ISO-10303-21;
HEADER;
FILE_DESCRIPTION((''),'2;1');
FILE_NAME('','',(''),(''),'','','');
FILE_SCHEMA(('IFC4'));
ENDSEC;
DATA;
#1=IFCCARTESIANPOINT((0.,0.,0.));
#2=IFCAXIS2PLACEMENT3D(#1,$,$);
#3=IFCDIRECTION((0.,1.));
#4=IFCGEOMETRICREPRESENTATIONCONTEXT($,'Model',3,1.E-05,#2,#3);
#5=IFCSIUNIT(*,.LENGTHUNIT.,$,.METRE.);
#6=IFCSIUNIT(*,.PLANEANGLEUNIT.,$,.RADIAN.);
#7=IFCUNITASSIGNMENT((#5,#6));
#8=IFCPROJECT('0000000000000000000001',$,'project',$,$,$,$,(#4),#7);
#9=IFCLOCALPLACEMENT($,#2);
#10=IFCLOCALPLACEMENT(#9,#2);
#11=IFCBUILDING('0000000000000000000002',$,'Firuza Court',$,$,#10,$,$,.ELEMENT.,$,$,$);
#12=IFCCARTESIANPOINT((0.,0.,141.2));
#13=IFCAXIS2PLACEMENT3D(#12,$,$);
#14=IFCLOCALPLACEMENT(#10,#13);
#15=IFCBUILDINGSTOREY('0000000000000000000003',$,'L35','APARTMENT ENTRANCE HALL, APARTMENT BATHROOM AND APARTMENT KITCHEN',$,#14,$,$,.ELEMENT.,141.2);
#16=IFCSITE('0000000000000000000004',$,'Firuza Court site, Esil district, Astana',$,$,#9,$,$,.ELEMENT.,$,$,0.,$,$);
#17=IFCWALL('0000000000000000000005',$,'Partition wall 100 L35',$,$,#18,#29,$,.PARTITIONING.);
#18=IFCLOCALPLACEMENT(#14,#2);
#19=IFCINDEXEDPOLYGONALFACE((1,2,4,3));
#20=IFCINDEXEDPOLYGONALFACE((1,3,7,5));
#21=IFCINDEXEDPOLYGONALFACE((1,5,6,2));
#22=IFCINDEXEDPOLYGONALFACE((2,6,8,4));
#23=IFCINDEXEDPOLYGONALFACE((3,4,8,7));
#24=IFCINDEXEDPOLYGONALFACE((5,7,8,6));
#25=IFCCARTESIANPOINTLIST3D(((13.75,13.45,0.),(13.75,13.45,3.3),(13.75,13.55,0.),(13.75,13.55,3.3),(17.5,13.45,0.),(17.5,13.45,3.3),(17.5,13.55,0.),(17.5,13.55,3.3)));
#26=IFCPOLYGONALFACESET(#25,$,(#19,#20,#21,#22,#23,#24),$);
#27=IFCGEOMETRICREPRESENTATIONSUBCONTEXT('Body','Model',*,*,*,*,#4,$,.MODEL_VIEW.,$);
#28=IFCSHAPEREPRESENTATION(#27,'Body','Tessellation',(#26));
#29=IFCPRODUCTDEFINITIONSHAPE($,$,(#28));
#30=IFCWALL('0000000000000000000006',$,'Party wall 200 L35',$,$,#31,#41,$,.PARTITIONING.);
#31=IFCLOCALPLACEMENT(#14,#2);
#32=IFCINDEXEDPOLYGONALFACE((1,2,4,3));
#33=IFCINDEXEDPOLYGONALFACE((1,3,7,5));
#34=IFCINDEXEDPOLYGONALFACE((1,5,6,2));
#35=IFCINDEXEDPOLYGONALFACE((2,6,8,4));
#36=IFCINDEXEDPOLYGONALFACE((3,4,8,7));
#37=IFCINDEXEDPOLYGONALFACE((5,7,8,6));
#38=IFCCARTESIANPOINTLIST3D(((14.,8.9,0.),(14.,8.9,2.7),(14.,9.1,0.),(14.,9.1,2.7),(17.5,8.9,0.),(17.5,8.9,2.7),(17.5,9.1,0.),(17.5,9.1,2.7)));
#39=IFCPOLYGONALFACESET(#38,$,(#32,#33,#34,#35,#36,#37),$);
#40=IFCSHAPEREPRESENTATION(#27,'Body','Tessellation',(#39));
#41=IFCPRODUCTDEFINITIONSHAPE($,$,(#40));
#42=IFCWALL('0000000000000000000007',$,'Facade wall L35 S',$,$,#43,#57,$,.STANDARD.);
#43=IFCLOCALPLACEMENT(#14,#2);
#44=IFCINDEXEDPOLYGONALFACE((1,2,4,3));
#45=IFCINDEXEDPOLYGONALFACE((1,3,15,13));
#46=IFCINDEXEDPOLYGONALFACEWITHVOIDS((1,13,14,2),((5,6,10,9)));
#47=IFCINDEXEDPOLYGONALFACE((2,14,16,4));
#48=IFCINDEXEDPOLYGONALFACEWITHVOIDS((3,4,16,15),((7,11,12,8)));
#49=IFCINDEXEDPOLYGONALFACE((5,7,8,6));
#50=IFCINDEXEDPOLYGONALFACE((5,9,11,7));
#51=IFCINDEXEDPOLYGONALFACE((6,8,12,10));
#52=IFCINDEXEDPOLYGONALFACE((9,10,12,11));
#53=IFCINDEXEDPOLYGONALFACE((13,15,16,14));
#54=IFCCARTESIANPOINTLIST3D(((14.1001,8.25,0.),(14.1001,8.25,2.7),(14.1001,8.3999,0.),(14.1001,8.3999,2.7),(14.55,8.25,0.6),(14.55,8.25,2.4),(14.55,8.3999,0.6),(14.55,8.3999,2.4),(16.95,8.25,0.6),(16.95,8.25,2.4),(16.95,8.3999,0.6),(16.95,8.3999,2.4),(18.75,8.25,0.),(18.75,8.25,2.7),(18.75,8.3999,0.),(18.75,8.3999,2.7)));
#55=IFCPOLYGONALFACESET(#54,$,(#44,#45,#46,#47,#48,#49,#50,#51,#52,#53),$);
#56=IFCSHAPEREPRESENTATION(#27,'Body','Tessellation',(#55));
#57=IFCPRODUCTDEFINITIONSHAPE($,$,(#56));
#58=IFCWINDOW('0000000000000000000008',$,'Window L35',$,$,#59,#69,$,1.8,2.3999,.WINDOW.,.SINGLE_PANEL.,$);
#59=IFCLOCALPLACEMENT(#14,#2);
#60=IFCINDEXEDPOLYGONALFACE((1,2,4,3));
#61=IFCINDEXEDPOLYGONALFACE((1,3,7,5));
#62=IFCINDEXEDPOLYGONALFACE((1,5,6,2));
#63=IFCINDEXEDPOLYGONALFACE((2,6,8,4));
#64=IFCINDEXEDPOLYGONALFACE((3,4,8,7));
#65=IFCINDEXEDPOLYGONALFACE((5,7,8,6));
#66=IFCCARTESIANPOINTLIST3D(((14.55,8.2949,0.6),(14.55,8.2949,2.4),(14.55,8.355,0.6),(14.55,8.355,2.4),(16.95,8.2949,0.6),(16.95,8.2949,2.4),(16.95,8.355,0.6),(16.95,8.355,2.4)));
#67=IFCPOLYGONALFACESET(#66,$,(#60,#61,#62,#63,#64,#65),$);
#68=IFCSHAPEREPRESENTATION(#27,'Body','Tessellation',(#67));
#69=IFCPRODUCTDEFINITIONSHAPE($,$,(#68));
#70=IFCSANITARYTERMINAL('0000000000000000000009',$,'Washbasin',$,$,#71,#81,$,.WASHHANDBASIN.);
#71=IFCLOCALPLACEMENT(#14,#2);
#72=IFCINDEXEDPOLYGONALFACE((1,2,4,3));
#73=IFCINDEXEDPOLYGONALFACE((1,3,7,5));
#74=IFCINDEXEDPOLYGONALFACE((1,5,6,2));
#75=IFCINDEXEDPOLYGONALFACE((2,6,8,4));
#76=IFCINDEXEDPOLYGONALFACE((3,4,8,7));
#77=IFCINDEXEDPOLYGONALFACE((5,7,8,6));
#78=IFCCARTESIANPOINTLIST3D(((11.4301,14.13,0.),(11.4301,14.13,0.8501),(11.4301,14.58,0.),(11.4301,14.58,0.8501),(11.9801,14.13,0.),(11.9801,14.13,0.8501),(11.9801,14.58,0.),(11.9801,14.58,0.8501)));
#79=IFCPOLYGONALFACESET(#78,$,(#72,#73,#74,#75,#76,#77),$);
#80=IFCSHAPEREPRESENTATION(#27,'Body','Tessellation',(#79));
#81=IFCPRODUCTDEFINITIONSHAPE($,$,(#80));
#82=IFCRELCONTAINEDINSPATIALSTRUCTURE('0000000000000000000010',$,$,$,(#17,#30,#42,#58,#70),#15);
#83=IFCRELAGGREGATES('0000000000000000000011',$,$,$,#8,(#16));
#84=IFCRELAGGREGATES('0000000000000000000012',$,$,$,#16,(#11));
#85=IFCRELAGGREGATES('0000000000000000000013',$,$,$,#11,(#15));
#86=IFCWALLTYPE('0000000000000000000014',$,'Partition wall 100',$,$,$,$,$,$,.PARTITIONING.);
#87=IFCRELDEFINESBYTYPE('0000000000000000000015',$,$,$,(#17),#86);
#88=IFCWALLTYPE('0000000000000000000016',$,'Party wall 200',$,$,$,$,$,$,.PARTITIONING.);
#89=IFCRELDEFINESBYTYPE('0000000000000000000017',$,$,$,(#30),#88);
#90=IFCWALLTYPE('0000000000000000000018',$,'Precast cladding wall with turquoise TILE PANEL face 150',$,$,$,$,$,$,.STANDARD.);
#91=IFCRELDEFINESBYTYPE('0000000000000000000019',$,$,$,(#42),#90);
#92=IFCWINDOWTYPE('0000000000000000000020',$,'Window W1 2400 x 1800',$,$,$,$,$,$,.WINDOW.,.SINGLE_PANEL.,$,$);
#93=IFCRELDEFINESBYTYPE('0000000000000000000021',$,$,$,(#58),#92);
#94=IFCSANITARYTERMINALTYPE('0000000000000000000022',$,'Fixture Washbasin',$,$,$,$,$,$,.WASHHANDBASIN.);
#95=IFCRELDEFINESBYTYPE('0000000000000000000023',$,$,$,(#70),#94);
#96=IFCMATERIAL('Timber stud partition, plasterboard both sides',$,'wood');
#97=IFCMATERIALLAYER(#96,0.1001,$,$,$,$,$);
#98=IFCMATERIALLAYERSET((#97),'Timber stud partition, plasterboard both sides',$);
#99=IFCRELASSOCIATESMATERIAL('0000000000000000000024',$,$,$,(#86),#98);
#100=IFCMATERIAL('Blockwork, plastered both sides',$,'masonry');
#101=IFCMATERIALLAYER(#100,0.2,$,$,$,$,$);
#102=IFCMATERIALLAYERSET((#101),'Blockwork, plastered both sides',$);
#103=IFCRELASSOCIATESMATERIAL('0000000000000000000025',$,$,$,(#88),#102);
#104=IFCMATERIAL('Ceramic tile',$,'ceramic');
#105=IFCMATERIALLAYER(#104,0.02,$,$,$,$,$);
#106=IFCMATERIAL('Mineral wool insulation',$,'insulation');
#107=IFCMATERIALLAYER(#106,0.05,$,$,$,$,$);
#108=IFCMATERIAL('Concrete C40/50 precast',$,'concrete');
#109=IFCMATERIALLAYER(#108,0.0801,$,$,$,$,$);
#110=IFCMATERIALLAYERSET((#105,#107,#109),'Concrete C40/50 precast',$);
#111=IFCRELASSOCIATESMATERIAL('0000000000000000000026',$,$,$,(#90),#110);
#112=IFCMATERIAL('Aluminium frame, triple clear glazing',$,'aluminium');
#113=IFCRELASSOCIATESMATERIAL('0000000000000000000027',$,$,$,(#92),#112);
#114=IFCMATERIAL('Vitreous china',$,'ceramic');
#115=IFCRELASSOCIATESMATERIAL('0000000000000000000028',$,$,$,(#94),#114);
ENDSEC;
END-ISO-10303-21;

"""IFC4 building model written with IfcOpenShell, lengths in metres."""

from ifc_helpers import new_model, si_unit, direction, frame, frame_2d, origin, origin_2d, place, context, subcontext, project, spatial, rectangle, extrude, material, layer, layer_set, type_object, element, fill, save


model = new_model("IFC4")

# Units and contexts
model_context = context("Model", 3, precision=1e-05, world=origin(), true_north=direction((0.0, 1.0)))
body_context = subcontext(model_context, "Body", "Model", "MODEL_VIEW")
ifc_project = project(units=[si_unit("LENGTHUNIT", "METRE"), si_unit("PLANEANGLEUNIT", "RADIAN")], contexts=[model_context])

# Site, building, storey
site_placement = place(None, origin())
site = spatial("IfcSite", under=ifc_project, at=site_placement, Name="Firuza Court site, Esil district, Astana", CompositionType="ELEMENT", RefElevation=0.0)
building_placement = place(site_placement, origin())
building = spatial("IfcBuilding", under=site, at=building_placement, Name="Firuza Court", CompositionType="ELEMENT")
storey_placement = place(building_placement, frame((0.0, 0.0, 141.2)))
storey = spatial("IfcBuildingStorey", under=building, at=storey_placement, Name="L35", Description="APARTMENT ENTRANCE HALL, APARTMENT BATHROOM AND APARTMENT KITCHEN", CompositionType="ELEMENT", Elevation=141.2)

# Shared definitions
ifc_material_1 = material(Name="Timber stud partition, plasterboard both sides", Category="wood")
ifc_layer_1 = layer(ifc_material_1, 0.1001)
ifc_layer_set_1 = layer_set([ifc_layer_1], Name="Timber stud partition, plasterboard both sides")
wall_type_1 = type_object("IfcWallType", Name="Partition wall 100", PredefinedType="PARTITIONING", material=ifc_layer_set_1)

# Walls
wall_1_placement = place(storey_placement, frame((13.75, 13.5, 0.0), z_axis=(0.0, 0.0, 1.0), x_axis=(1.0, 0.0, 0.0)))
element("IfcWall", 1, at=wall_1_placement, inside=storey, type_object=wall_type_1, Name="Partition wall 100 L35", PredefinedType="PARTITIONING", context=body_context, shape_type="SweptSolid", body=[
    extrude(rectangle(XDim=3.75, YDim=0.1001, at=frame_2d((1.875, 0.0))), origin(), (0.0, 0.0, 1.0), 3.3),
])
ifc_material_2 = material(Name="Blockwork, plastered both sides", Category="masonry")
ifc_layer_2 = layer(ifc_material_2, 0.2)
ifc_layer_set_2 = layer_set([ifc_layer_2], Name="Blockwork, plastered both sides")
wall_type_2 = type_object("IfcWallType", Name="Party wall 200", PredefinedType="PARTITIONING", material=ifc_layer_set_2)
wall_2_placement = place(storey_placement, frame((14.0, 9.0, 0.0), z_axis=(0.0, 0.0, 1.0), x_axis=(1.0, 0.0, 0.0)))
element("IfcWall", 2, at=wall_2_placement, inside=storey, type_object=wall_type_2, Name="Party wall 200 L35", PredefinedType="PARTITIONING", context=body_context, shape_type="SweptSolid", body=[
    extrude(rectangle(XDim=3.5, YDim=0.2, at=frame_2d((1.75, 0.0))), origin(), (0.0, 0.0, 1.0), 2.7),
])

# Wall, opening, window
ifc_material_3 = material(Name="Ceramic tile", Category="ceramic")
ifc_layer_3 = layer(ifc_material_3, 0.02)
ifc_material_4 = material(Name="Mineral wool insulation", Category="insulation")
ifc_layer_4 = layer(ifc_material_4, 0.05)
ifc_material_5 = material(Name="Concrete C40/50 precast", Category="concrete")
ifc_layer_5 = layer(ifc_material_5, 0.0801)
ifc_layer_set_3 = layer_set([ifc_layer_3, ifc_layer_4, ifc_layer_5], Name="Concrete C40/50 precast")
wall_type_3 = type_object("IfcWallType", Name="Precast cladding wall with turquoise TILE PANEL face 150", PredefinedType="STANDARD", material=ifc_layer_set_3)
wall_3_placement = place(storey_placement, frame((14.1001, 8.325, 0.0), z_axis=(0.0, 0.0, 1.0), x_axis=(1.0, 0.0, 0.0)))
wall_3 = element("IfcWall", 3, at=wall_3_placement, inside=storey, type_object=wall_type_3, Name="Facade wall L35 S", PredefinedType="STANDARD", context=body_context, shape_type="SweptSolid", body=[
    extrude(rectangle(XDim=4.6499, YDim=0.1499, at=frame_2d((2.325, 0.0))), origin(), (0.0, 0.0, 1.0), 2.7),
])
opening_1_placement = place(wall_3_placement, frame((0.45, 0.0, 0.6001)))
opening_1 = element("IfcOpeningElement", 4, at=opening_1_placement, cuts=wall_3, PredefinedType="OPENING", context=body_context, shape_type="SweptSolid", body=[
    extrude(rectangle(XDim=2.3999, YDim=1.8, at=frame_2d((1.2, 0.8999))), frame((0.0, 0.0869, 0.0), z_axis=(0.0, -1.0, 0.0), x_axis=(1.0, 0.0, 0.0)), (0.0, 0.0, 1.0), 0.1738),
])
ifc_material_6 = material(Name="Aluminium frame, triple clear glazing", Category="aluminium")
window_type = type_object("IfcWindowType", Name="Window W1 2400 x 1800", PartitioningType="SINGLE_PANEL", PredefinedType="WINDOW", material=ifc_material_6)
window_placement = place(opening_1_placement, origin())
window = element("IfcWindow", 5, at=window_placement, inside=storey, type_object=window_type, Name="Window L35", OverallHeight=1.8, OverallWidth=2.3999, PartitioningType="SINGLE_PANEL", PredefinedType="WINDOW", context=body_context, shape_type="SweptSolid", body=[
    extrude(rectangle(XDim=2.3999, YDim=1.8, at=frame_2d((1.2, 0.8999))), frame((0.0, 0.03, 0.0), z_axis=(0.0, -1.0, 0.0), x_axis=(1.0, 0.0, 0.0)), (0.0, 0.0, 1.0), 0.0601),
])
fill(opening_1, window)

# Sanitary terminal
ifc_material_7 = material(Name="Vitreous china", Category="ceramic")
sanitary_terminal_type = type_object("IfcSanitaryTerminalType", Name="Fixture Washbasin", PredefinedType="WASHHANDBASIN", material=ifc_material_7)
sanitary_terminal_placement = place(storey_placement, frame((11.7051, 14.355, 0.0), z_axis=(0.0, 0.0, 1.0), x_axis=(1.0, 0.0, 0.0)))
element("IfcSanitaryTerminal", 6, at=sanitary_terminal_placement, inside=storey, type_object=sanitary_terminal_type, Name="Washbasin", PredefinedType="WASHHANDBASIN", context=body_context, shape_type="SweptSolid", body=[
    extrude(rectangle(XDim=0.55, YDim=0.45, at=origin_2d()), origin(), (0.0, 0.0, 1.0), 0.8501),
])

save(model, "model.ifc")
